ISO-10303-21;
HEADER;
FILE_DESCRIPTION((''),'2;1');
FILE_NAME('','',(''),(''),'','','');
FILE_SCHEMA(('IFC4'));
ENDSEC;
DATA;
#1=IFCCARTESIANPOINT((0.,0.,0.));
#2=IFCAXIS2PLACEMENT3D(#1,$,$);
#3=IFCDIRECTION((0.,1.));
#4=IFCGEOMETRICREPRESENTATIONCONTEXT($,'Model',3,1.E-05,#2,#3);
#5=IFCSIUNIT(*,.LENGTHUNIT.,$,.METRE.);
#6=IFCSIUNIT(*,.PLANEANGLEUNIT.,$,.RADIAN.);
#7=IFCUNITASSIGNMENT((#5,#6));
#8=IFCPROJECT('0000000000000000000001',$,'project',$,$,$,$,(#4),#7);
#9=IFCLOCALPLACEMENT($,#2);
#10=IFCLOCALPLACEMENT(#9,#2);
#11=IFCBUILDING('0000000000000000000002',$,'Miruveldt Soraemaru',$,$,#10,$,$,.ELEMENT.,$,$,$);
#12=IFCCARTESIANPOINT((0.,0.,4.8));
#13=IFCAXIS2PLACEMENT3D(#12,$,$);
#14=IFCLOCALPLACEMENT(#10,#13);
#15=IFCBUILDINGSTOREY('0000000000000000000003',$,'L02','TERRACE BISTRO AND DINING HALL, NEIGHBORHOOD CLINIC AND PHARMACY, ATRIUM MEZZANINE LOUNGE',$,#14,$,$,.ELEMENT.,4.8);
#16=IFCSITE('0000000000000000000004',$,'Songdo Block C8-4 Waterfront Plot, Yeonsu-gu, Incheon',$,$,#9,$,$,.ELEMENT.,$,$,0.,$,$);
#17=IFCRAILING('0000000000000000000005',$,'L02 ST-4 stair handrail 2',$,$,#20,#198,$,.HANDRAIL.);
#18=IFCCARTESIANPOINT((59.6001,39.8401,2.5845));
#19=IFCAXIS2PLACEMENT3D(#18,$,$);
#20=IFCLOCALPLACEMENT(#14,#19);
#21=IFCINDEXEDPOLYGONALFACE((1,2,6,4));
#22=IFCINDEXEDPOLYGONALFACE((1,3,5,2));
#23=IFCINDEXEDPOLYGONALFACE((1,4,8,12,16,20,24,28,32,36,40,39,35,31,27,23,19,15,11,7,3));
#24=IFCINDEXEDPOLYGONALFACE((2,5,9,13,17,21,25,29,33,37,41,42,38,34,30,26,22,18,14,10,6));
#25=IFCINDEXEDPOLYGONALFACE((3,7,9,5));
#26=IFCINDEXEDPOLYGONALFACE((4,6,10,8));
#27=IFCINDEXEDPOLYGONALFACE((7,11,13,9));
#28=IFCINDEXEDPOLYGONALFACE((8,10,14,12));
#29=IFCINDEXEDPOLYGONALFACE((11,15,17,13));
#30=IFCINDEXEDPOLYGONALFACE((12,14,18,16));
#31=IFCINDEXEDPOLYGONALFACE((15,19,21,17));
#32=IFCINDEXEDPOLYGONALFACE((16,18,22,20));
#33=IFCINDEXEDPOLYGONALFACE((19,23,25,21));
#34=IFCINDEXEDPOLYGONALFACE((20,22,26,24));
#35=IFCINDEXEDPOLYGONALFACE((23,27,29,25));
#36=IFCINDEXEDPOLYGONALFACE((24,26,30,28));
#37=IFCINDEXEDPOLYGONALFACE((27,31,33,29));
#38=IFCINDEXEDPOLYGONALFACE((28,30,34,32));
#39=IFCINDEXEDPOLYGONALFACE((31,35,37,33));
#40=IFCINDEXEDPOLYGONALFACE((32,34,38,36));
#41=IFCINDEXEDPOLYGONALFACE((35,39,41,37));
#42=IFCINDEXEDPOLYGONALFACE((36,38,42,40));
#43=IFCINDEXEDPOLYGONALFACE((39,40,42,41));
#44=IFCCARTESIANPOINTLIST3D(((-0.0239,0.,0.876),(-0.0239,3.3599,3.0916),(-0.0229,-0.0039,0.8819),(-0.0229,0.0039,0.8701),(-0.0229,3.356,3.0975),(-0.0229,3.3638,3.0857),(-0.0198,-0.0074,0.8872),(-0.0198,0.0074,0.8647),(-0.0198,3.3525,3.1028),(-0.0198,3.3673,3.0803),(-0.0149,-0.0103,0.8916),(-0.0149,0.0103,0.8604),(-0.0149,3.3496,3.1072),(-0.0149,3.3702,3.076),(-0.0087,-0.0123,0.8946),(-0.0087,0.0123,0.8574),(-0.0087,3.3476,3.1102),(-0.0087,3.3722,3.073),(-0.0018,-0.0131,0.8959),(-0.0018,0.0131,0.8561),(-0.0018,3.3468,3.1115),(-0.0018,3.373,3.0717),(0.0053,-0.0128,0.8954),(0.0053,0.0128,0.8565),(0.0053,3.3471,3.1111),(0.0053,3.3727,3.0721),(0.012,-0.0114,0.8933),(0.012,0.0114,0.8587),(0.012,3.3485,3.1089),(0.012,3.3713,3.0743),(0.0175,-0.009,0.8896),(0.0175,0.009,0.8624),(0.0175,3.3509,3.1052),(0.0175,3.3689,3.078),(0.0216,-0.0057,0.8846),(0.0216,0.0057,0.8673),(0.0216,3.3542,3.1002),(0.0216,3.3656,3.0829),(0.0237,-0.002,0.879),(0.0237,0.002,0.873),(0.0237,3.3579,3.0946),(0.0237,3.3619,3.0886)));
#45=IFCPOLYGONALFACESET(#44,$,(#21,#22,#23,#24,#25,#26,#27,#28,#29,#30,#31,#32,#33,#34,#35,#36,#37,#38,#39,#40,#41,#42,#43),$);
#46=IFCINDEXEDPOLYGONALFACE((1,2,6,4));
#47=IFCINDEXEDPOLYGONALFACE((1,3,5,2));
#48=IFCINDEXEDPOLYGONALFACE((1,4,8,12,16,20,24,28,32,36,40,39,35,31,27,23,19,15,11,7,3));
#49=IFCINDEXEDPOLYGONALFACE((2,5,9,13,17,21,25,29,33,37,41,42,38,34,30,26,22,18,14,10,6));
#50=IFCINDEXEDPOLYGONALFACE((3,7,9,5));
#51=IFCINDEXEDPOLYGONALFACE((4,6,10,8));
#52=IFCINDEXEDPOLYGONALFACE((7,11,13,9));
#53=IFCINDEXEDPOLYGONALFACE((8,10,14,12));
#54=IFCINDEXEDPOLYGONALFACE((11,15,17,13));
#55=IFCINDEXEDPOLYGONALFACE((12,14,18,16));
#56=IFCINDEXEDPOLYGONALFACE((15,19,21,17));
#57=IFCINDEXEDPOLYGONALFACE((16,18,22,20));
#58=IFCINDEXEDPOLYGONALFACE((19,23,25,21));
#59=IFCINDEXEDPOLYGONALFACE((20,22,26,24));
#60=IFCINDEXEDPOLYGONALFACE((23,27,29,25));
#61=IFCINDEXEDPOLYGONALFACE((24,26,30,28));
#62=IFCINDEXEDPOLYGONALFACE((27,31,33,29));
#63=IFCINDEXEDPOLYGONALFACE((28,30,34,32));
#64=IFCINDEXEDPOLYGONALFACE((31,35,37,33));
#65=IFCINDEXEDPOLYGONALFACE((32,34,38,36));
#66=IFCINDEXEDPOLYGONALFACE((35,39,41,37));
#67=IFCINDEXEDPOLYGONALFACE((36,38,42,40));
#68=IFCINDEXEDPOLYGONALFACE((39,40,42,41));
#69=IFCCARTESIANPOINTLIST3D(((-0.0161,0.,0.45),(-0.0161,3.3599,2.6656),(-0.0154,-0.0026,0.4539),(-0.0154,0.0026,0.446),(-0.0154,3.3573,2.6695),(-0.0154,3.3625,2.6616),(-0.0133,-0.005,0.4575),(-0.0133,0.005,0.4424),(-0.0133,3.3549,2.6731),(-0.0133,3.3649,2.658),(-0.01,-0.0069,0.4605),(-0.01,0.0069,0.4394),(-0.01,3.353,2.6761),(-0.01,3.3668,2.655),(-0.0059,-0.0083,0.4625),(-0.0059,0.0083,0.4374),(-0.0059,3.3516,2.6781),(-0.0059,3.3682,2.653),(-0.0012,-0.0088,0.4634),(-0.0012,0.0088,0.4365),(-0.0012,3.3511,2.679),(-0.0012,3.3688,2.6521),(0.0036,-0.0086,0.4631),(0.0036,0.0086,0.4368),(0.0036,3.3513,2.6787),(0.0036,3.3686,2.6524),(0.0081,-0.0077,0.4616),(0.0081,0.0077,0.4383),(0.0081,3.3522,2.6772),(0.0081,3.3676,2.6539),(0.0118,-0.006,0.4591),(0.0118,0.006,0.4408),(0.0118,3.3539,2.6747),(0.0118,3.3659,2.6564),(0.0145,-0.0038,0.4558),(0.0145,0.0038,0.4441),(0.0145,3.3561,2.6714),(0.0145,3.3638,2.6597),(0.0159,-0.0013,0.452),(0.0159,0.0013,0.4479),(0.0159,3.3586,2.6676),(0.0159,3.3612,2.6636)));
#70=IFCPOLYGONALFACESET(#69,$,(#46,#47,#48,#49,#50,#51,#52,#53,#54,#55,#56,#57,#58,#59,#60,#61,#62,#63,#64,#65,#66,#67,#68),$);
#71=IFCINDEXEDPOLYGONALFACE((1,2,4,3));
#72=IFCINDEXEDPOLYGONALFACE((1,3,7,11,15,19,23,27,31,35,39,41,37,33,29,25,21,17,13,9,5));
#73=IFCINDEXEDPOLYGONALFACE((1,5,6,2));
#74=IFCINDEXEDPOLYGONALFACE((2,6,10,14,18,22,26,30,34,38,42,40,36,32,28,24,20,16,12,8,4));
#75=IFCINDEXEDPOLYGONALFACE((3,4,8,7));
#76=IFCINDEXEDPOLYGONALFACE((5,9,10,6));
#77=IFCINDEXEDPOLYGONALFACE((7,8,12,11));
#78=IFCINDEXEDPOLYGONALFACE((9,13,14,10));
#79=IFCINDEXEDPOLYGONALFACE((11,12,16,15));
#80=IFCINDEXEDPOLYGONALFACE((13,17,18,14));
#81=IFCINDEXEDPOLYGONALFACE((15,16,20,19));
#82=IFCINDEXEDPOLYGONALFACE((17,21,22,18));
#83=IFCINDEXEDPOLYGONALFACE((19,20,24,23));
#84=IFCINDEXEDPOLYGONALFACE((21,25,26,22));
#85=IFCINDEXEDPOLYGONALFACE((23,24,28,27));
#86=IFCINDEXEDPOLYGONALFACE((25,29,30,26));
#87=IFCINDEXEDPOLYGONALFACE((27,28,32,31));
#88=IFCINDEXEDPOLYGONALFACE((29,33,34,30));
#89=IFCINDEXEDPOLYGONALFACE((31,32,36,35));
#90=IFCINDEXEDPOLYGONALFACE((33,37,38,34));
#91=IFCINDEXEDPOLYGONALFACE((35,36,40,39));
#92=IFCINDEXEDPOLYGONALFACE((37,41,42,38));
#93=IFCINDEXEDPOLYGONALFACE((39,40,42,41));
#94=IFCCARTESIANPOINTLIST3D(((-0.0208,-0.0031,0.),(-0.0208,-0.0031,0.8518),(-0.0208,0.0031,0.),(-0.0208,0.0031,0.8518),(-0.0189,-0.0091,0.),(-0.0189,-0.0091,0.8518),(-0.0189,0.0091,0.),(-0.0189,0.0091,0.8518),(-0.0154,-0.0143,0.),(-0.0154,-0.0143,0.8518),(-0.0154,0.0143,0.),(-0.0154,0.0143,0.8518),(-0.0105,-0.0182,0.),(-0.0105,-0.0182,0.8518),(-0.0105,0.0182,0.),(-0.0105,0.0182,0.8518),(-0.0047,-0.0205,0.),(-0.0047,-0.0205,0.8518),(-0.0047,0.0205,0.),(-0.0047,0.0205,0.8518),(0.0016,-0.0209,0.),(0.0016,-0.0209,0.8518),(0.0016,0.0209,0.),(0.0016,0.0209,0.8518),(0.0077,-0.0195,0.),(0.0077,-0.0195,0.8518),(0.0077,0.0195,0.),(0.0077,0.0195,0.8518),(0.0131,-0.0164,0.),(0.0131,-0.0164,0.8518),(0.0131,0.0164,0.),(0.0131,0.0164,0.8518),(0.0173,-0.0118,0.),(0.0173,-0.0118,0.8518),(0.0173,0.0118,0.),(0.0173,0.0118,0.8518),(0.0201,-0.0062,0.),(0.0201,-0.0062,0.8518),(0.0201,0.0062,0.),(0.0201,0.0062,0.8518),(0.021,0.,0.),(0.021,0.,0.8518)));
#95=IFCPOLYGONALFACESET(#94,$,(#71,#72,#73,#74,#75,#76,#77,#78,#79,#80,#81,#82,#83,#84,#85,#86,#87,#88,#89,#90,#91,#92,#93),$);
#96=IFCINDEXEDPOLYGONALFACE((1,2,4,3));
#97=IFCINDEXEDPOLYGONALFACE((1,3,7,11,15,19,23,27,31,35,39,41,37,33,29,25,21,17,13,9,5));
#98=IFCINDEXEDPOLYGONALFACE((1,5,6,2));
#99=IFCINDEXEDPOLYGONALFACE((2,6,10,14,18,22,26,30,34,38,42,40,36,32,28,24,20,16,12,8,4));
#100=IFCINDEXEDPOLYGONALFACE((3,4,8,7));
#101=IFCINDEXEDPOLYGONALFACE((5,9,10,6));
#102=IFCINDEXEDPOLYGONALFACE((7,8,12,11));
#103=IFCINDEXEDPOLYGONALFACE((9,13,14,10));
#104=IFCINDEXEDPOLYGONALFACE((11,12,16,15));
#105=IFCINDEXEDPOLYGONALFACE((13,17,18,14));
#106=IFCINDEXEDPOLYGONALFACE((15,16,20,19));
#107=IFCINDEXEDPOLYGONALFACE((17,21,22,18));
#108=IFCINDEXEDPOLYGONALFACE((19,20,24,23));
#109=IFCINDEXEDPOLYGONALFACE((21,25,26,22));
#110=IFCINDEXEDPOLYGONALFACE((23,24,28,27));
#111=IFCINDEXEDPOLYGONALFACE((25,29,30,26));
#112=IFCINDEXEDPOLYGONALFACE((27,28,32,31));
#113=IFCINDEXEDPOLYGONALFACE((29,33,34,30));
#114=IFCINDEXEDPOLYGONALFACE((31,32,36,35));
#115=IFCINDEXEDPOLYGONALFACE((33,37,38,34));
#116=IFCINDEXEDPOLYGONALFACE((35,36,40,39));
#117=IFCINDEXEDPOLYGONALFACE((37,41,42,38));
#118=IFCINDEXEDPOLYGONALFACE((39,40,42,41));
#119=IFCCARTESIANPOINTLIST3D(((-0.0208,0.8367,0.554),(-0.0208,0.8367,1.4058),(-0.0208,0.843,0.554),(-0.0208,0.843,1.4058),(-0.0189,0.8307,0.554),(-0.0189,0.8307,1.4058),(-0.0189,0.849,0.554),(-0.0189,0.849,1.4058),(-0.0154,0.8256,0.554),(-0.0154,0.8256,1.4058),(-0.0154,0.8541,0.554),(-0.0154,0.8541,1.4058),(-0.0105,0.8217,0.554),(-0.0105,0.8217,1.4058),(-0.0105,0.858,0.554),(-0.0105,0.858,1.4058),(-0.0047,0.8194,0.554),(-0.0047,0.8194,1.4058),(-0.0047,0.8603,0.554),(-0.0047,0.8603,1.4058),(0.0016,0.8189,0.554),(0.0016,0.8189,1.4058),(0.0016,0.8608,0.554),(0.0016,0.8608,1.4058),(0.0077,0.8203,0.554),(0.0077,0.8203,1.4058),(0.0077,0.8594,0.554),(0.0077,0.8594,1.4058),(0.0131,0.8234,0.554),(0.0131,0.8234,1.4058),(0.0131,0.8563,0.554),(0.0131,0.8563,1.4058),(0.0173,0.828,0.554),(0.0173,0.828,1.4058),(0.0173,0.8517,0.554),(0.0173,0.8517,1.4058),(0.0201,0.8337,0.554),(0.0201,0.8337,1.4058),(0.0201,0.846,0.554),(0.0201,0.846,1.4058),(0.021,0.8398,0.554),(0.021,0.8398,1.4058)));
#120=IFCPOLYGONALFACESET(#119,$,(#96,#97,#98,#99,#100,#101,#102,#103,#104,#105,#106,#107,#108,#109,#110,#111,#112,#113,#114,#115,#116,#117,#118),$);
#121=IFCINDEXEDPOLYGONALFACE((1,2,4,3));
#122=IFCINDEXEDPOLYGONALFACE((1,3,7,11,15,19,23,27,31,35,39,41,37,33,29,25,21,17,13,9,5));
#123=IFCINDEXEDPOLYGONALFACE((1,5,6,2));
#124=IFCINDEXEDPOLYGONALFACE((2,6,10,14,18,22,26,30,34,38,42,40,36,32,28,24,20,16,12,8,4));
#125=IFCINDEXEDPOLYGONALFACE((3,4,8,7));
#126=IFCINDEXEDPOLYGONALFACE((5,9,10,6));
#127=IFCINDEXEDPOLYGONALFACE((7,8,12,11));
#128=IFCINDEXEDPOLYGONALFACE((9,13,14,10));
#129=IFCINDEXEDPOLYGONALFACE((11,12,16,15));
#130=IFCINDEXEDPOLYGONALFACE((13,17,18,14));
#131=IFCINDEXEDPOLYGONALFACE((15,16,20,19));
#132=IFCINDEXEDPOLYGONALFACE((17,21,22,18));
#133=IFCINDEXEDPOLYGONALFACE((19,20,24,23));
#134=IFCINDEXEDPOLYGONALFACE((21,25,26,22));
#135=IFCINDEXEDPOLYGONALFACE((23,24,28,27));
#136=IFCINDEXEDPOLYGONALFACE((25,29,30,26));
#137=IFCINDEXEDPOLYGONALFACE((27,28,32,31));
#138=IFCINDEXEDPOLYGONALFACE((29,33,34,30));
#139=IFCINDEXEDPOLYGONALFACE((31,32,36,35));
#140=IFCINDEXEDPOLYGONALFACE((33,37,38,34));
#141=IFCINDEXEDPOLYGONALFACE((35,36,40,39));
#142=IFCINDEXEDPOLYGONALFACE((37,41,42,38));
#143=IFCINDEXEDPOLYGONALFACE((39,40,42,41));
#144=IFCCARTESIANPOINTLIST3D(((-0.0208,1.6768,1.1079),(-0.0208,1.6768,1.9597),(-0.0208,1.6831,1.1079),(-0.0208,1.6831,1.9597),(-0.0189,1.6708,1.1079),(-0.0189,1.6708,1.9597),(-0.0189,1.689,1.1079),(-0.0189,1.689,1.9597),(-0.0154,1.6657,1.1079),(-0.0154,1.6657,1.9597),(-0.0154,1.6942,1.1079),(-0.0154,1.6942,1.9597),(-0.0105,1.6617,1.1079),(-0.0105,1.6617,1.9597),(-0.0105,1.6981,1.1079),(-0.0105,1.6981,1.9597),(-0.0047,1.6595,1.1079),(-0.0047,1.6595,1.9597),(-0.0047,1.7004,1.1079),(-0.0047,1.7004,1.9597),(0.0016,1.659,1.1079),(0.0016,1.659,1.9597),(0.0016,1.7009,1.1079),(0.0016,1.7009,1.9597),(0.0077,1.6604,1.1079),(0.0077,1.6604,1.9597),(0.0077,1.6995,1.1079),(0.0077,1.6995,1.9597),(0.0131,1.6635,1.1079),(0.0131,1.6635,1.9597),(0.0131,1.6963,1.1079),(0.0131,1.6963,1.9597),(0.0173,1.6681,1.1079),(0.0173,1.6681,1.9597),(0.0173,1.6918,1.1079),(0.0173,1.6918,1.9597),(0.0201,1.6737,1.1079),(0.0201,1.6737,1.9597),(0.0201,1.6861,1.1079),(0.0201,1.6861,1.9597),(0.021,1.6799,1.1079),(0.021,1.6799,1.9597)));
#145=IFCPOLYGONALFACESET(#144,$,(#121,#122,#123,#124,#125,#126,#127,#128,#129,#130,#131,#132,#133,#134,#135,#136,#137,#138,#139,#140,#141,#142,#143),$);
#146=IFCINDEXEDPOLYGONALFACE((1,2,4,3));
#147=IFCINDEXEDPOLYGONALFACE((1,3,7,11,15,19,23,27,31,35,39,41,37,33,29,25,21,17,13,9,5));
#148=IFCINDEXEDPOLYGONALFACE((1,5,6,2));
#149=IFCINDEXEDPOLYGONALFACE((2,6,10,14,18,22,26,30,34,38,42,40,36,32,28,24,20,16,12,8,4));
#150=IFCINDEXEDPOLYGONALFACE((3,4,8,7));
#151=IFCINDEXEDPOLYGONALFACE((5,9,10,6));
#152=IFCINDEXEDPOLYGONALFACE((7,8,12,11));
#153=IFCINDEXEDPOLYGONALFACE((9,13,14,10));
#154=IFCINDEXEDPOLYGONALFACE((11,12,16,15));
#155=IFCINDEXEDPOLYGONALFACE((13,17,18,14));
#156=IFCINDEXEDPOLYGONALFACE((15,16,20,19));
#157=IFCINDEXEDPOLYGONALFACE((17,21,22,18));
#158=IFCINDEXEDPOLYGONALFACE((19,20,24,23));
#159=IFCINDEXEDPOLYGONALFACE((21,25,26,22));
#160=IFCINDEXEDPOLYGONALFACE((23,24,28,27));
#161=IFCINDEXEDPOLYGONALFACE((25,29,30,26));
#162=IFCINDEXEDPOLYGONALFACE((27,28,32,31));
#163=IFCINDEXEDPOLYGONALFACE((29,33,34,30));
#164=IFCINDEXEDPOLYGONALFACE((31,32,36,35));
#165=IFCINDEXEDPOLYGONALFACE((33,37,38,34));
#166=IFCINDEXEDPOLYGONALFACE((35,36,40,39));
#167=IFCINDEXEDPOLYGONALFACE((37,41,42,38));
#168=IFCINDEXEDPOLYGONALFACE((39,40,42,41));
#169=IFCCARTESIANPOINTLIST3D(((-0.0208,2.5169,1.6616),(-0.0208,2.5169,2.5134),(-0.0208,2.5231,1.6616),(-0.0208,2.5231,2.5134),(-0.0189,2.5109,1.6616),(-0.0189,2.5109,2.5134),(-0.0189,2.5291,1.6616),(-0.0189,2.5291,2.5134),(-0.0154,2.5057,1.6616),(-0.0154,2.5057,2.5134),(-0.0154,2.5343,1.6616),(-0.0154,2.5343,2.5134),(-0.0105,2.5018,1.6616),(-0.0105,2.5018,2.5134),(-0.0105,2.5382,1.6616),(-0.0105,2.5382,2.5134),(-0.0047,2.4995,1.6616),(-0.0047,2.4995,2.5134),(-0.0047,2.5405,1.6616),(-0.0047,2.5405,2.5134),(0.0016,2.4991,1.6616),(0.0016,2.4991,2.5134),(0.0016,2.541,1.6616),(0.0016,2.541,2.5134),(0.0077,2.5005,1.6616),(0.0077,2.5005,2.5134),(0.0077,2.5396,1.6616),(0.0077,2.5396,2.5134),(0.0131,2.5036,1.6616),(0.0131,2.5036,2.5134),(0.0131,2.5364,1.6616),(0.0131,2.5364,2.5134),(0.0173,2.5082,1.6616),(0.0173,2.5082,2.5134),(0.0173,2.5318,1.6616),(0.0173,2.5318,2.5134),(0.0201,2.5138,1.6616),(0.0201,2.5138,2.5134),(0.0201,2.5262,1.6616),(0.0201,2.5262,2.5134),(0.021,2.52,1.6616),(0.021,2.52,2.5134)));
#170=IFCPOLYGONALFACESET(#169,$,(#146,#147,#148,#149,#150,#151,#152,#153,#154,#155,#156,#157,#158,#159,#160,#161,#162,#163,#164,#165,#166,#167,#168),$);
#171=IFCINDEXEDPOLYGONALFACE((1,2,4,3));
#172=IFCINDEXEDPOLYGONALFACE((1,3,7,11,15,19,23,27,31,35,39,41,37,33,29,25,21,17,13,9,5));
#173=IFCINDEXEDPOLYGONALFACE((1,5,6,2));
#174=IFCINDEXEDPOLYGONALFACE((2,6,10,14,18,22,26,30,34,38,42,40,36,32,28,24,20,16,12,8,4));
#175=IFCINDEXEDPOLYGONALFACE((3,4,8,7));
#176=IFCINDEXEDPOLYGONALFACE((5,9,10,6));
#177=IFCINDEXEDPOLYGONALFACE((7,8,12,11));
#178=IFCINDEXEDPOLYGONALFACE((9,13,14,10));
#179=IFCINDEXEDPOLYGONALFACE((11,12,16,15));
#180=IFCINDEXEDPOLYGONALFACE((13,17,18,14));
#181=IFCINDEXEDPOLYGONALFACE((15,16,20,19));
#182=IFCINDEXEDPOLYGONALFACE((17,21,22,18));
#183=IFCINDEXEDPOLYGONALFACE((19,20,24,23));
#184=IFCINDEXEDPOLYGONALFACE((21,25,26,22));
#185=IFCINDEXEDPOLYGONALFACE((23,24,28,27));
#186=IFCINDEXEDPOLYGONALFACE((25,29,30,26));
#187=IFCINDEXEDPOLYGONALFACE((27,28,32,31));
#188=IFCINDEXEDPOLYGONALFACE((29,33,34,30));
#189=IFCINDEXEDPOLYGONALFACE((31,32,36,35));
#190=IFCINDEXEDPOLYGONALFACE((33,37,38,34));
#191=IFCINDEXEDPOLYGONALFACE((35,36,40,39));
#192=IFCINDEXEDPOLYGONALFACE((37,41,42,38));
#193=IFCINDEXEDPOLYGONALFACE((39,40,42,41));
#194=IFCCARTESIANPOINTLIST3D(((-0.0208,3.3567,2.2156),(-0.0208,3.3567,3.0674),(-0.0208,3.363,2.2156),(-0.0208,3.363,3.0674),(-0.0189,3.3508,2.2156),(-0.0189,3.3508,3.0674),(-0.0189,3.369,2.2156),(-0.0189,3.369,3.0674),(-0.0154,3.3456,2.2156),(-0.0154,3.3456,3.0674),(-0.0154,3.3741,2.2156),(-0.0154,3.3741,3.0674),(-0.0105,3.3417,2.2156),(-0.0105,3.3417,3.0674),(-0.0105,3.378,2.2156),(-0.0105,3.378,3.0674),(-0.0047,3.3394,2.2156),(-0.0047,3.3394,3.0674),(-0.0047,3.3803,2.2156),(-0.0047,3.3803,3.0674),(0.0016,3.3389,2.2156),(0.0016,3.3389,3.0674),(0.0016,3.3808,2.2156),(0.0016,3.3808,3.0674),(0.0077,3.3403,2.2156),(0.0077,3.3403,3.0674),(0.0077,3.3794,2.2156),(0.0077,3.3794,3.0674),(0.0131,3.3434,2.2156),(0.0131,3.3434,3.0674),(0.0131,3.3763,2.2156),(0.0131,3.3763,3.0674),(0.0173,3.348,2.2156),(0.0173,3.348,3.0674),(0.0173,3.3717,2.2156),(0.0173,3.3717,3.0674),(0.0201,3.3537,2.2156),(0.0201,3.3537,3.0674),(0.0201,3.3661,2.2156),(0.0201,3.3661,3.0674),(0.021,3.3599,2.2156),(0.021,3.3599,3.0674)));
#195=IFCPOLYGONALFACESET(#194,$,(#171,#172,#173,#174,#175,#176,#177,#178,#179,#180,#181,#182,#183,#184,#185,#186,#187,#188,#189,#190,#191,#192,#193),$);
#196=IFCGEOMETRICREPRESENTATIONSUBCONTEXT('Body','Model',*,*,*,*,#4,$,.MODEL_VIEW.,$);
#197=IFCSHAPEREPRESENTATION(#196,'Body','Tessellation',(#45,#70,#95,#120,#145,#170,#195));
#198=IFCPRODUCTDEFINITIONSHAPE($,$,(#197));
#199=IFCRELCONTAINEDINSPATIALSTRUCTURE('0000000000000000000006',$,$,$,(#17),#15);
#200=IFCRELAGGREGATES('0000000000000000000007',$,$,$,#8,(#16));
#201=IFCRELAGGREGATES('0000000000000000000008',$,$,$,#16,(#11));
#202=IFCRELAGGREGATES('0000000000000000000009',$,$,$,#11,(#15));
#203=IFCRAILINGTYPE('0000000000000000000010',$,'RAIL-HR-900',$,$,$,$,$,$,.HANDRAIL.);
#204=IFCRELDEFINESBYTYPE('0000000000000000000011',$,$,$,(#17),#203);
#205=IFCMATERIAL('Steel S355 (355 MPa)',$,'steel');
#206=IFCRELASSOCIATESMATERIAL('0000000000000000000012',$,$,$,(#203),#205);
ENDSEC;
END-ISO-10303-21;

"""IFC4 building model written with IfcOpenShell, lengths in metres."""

from ifc_helpers import new_model, si_unit, direction, frame, origin, origin_2d, place, context, subcontext, project, spatial, circle, extrude, material, type_object, element, save


model = new_model("IFC4")

# Units and contexts
model_context = context("Model", 3, precision=1e-05, world=origin(), true_north=direction((0.0, 1.0)))
body_context = subcontext(model_context, "Body", "Model", "MODEL_VIEW")
ifc_project = project(units=[si_unit("LENGTHUNIT", "METRE"), si_unit("PLANEANGLEUNIT", "RADIAN")], contexts=[model_context])

# Site, building, storey
site_placement = place(None, origin())
site = spatial("IfcSite", under=ifc_project, at=site_placement, Name="Songdo Block C8-4 Waterfront Plot, Yeonsu-gu, Incheon", CompositionType="ELEMENT", RefElevation=0.0)
building_placement = place(site_placement, origin())
building = spatial("IfcBuilding", under=site, at=building_placement, Name="Miruveldt Soraemaru", CompositionType="ELEMENT")
storey_placement = place(building_placement, frame((0.0, 0.0, 4.8)))
storey = spatial("IfcBuildingStorey", under=building, at=storey_placement, Name="L02", Description="TERRACE BISTRO AND DINING HALL, NEIGHBORHOOD CLINIC AND PHARMACY, ATRIUM MEZZANINE LOUNGE", CompositionType="ELEMENT", Elevation=4.8)

# Shared definitions
ifc_material_1 = material(Name="Steel S355 (355 MPa)", Category="steel")

# Railing
railing_type_1 = type_object("IfcRailingType", Name="RAIL-HR-900", PredefinedType="HANDRAIL", material=ifc_material_1)
railing_1_placement = place(storey_placement, frame((59.6001, 39.8401, 2.5845)))
element("IfcRailing", 1, at=railing_1_placement, inside=storey, type_object=railing_type_1, Name="L02 ST-4 stair handrail 2", PredefinedType="HANDRAIL", context=body_context, shape_type="SweptSolid", body=[
    extrude(circle(Radius=0.0239, at=origin_2d()), frame((0.0, 0.0, 0.876), z_axis=(0.0, 0.83483, 0.550508), x_axis=(-1.0, 0.0, 0.0)), (0.0, 0.0, 1.0), 4.0247),
    extrude(circle(Radius=0.0161, at=origin_2d()), frame((0.0, 0.0, 0.45), z_axis=(0.0, 0.83483, 0.550508), x_axis=(-1.0, 0.0, 0.0)), (0.0, 0.0, 1.0), 4.0247),
    extrude(circle(Radius=0.021, at=origin_2d()), origin(), (0.0, 0.0, 1.0), 0.8518),
    extrude(circle(Radius=0.021, at=origin_2d()), frame((0.0, 0.8398, 0.554)), (0.0, 0.0, 1.0), 0.8518),
    extrude(circle(Radius=0.021, at=origin_2d()), frame((0.0, 1.6799, 1.1079)), (0.0, 0.0, 1.0), 0.8518),
    extrude(circle(Radius=0.021, at=origin_2d()), frame((0.0, 2.52, 1.6616)), (0.0, 0.0, 1.0), 0.8518),
    extrude(circle(Radius=0.021, at=origin_2d()), frame((0.0, 3.3599, 2.2156)), (0.0, 0.0, 1.0), 0.8518),
])

save(model, "model.ifc")
